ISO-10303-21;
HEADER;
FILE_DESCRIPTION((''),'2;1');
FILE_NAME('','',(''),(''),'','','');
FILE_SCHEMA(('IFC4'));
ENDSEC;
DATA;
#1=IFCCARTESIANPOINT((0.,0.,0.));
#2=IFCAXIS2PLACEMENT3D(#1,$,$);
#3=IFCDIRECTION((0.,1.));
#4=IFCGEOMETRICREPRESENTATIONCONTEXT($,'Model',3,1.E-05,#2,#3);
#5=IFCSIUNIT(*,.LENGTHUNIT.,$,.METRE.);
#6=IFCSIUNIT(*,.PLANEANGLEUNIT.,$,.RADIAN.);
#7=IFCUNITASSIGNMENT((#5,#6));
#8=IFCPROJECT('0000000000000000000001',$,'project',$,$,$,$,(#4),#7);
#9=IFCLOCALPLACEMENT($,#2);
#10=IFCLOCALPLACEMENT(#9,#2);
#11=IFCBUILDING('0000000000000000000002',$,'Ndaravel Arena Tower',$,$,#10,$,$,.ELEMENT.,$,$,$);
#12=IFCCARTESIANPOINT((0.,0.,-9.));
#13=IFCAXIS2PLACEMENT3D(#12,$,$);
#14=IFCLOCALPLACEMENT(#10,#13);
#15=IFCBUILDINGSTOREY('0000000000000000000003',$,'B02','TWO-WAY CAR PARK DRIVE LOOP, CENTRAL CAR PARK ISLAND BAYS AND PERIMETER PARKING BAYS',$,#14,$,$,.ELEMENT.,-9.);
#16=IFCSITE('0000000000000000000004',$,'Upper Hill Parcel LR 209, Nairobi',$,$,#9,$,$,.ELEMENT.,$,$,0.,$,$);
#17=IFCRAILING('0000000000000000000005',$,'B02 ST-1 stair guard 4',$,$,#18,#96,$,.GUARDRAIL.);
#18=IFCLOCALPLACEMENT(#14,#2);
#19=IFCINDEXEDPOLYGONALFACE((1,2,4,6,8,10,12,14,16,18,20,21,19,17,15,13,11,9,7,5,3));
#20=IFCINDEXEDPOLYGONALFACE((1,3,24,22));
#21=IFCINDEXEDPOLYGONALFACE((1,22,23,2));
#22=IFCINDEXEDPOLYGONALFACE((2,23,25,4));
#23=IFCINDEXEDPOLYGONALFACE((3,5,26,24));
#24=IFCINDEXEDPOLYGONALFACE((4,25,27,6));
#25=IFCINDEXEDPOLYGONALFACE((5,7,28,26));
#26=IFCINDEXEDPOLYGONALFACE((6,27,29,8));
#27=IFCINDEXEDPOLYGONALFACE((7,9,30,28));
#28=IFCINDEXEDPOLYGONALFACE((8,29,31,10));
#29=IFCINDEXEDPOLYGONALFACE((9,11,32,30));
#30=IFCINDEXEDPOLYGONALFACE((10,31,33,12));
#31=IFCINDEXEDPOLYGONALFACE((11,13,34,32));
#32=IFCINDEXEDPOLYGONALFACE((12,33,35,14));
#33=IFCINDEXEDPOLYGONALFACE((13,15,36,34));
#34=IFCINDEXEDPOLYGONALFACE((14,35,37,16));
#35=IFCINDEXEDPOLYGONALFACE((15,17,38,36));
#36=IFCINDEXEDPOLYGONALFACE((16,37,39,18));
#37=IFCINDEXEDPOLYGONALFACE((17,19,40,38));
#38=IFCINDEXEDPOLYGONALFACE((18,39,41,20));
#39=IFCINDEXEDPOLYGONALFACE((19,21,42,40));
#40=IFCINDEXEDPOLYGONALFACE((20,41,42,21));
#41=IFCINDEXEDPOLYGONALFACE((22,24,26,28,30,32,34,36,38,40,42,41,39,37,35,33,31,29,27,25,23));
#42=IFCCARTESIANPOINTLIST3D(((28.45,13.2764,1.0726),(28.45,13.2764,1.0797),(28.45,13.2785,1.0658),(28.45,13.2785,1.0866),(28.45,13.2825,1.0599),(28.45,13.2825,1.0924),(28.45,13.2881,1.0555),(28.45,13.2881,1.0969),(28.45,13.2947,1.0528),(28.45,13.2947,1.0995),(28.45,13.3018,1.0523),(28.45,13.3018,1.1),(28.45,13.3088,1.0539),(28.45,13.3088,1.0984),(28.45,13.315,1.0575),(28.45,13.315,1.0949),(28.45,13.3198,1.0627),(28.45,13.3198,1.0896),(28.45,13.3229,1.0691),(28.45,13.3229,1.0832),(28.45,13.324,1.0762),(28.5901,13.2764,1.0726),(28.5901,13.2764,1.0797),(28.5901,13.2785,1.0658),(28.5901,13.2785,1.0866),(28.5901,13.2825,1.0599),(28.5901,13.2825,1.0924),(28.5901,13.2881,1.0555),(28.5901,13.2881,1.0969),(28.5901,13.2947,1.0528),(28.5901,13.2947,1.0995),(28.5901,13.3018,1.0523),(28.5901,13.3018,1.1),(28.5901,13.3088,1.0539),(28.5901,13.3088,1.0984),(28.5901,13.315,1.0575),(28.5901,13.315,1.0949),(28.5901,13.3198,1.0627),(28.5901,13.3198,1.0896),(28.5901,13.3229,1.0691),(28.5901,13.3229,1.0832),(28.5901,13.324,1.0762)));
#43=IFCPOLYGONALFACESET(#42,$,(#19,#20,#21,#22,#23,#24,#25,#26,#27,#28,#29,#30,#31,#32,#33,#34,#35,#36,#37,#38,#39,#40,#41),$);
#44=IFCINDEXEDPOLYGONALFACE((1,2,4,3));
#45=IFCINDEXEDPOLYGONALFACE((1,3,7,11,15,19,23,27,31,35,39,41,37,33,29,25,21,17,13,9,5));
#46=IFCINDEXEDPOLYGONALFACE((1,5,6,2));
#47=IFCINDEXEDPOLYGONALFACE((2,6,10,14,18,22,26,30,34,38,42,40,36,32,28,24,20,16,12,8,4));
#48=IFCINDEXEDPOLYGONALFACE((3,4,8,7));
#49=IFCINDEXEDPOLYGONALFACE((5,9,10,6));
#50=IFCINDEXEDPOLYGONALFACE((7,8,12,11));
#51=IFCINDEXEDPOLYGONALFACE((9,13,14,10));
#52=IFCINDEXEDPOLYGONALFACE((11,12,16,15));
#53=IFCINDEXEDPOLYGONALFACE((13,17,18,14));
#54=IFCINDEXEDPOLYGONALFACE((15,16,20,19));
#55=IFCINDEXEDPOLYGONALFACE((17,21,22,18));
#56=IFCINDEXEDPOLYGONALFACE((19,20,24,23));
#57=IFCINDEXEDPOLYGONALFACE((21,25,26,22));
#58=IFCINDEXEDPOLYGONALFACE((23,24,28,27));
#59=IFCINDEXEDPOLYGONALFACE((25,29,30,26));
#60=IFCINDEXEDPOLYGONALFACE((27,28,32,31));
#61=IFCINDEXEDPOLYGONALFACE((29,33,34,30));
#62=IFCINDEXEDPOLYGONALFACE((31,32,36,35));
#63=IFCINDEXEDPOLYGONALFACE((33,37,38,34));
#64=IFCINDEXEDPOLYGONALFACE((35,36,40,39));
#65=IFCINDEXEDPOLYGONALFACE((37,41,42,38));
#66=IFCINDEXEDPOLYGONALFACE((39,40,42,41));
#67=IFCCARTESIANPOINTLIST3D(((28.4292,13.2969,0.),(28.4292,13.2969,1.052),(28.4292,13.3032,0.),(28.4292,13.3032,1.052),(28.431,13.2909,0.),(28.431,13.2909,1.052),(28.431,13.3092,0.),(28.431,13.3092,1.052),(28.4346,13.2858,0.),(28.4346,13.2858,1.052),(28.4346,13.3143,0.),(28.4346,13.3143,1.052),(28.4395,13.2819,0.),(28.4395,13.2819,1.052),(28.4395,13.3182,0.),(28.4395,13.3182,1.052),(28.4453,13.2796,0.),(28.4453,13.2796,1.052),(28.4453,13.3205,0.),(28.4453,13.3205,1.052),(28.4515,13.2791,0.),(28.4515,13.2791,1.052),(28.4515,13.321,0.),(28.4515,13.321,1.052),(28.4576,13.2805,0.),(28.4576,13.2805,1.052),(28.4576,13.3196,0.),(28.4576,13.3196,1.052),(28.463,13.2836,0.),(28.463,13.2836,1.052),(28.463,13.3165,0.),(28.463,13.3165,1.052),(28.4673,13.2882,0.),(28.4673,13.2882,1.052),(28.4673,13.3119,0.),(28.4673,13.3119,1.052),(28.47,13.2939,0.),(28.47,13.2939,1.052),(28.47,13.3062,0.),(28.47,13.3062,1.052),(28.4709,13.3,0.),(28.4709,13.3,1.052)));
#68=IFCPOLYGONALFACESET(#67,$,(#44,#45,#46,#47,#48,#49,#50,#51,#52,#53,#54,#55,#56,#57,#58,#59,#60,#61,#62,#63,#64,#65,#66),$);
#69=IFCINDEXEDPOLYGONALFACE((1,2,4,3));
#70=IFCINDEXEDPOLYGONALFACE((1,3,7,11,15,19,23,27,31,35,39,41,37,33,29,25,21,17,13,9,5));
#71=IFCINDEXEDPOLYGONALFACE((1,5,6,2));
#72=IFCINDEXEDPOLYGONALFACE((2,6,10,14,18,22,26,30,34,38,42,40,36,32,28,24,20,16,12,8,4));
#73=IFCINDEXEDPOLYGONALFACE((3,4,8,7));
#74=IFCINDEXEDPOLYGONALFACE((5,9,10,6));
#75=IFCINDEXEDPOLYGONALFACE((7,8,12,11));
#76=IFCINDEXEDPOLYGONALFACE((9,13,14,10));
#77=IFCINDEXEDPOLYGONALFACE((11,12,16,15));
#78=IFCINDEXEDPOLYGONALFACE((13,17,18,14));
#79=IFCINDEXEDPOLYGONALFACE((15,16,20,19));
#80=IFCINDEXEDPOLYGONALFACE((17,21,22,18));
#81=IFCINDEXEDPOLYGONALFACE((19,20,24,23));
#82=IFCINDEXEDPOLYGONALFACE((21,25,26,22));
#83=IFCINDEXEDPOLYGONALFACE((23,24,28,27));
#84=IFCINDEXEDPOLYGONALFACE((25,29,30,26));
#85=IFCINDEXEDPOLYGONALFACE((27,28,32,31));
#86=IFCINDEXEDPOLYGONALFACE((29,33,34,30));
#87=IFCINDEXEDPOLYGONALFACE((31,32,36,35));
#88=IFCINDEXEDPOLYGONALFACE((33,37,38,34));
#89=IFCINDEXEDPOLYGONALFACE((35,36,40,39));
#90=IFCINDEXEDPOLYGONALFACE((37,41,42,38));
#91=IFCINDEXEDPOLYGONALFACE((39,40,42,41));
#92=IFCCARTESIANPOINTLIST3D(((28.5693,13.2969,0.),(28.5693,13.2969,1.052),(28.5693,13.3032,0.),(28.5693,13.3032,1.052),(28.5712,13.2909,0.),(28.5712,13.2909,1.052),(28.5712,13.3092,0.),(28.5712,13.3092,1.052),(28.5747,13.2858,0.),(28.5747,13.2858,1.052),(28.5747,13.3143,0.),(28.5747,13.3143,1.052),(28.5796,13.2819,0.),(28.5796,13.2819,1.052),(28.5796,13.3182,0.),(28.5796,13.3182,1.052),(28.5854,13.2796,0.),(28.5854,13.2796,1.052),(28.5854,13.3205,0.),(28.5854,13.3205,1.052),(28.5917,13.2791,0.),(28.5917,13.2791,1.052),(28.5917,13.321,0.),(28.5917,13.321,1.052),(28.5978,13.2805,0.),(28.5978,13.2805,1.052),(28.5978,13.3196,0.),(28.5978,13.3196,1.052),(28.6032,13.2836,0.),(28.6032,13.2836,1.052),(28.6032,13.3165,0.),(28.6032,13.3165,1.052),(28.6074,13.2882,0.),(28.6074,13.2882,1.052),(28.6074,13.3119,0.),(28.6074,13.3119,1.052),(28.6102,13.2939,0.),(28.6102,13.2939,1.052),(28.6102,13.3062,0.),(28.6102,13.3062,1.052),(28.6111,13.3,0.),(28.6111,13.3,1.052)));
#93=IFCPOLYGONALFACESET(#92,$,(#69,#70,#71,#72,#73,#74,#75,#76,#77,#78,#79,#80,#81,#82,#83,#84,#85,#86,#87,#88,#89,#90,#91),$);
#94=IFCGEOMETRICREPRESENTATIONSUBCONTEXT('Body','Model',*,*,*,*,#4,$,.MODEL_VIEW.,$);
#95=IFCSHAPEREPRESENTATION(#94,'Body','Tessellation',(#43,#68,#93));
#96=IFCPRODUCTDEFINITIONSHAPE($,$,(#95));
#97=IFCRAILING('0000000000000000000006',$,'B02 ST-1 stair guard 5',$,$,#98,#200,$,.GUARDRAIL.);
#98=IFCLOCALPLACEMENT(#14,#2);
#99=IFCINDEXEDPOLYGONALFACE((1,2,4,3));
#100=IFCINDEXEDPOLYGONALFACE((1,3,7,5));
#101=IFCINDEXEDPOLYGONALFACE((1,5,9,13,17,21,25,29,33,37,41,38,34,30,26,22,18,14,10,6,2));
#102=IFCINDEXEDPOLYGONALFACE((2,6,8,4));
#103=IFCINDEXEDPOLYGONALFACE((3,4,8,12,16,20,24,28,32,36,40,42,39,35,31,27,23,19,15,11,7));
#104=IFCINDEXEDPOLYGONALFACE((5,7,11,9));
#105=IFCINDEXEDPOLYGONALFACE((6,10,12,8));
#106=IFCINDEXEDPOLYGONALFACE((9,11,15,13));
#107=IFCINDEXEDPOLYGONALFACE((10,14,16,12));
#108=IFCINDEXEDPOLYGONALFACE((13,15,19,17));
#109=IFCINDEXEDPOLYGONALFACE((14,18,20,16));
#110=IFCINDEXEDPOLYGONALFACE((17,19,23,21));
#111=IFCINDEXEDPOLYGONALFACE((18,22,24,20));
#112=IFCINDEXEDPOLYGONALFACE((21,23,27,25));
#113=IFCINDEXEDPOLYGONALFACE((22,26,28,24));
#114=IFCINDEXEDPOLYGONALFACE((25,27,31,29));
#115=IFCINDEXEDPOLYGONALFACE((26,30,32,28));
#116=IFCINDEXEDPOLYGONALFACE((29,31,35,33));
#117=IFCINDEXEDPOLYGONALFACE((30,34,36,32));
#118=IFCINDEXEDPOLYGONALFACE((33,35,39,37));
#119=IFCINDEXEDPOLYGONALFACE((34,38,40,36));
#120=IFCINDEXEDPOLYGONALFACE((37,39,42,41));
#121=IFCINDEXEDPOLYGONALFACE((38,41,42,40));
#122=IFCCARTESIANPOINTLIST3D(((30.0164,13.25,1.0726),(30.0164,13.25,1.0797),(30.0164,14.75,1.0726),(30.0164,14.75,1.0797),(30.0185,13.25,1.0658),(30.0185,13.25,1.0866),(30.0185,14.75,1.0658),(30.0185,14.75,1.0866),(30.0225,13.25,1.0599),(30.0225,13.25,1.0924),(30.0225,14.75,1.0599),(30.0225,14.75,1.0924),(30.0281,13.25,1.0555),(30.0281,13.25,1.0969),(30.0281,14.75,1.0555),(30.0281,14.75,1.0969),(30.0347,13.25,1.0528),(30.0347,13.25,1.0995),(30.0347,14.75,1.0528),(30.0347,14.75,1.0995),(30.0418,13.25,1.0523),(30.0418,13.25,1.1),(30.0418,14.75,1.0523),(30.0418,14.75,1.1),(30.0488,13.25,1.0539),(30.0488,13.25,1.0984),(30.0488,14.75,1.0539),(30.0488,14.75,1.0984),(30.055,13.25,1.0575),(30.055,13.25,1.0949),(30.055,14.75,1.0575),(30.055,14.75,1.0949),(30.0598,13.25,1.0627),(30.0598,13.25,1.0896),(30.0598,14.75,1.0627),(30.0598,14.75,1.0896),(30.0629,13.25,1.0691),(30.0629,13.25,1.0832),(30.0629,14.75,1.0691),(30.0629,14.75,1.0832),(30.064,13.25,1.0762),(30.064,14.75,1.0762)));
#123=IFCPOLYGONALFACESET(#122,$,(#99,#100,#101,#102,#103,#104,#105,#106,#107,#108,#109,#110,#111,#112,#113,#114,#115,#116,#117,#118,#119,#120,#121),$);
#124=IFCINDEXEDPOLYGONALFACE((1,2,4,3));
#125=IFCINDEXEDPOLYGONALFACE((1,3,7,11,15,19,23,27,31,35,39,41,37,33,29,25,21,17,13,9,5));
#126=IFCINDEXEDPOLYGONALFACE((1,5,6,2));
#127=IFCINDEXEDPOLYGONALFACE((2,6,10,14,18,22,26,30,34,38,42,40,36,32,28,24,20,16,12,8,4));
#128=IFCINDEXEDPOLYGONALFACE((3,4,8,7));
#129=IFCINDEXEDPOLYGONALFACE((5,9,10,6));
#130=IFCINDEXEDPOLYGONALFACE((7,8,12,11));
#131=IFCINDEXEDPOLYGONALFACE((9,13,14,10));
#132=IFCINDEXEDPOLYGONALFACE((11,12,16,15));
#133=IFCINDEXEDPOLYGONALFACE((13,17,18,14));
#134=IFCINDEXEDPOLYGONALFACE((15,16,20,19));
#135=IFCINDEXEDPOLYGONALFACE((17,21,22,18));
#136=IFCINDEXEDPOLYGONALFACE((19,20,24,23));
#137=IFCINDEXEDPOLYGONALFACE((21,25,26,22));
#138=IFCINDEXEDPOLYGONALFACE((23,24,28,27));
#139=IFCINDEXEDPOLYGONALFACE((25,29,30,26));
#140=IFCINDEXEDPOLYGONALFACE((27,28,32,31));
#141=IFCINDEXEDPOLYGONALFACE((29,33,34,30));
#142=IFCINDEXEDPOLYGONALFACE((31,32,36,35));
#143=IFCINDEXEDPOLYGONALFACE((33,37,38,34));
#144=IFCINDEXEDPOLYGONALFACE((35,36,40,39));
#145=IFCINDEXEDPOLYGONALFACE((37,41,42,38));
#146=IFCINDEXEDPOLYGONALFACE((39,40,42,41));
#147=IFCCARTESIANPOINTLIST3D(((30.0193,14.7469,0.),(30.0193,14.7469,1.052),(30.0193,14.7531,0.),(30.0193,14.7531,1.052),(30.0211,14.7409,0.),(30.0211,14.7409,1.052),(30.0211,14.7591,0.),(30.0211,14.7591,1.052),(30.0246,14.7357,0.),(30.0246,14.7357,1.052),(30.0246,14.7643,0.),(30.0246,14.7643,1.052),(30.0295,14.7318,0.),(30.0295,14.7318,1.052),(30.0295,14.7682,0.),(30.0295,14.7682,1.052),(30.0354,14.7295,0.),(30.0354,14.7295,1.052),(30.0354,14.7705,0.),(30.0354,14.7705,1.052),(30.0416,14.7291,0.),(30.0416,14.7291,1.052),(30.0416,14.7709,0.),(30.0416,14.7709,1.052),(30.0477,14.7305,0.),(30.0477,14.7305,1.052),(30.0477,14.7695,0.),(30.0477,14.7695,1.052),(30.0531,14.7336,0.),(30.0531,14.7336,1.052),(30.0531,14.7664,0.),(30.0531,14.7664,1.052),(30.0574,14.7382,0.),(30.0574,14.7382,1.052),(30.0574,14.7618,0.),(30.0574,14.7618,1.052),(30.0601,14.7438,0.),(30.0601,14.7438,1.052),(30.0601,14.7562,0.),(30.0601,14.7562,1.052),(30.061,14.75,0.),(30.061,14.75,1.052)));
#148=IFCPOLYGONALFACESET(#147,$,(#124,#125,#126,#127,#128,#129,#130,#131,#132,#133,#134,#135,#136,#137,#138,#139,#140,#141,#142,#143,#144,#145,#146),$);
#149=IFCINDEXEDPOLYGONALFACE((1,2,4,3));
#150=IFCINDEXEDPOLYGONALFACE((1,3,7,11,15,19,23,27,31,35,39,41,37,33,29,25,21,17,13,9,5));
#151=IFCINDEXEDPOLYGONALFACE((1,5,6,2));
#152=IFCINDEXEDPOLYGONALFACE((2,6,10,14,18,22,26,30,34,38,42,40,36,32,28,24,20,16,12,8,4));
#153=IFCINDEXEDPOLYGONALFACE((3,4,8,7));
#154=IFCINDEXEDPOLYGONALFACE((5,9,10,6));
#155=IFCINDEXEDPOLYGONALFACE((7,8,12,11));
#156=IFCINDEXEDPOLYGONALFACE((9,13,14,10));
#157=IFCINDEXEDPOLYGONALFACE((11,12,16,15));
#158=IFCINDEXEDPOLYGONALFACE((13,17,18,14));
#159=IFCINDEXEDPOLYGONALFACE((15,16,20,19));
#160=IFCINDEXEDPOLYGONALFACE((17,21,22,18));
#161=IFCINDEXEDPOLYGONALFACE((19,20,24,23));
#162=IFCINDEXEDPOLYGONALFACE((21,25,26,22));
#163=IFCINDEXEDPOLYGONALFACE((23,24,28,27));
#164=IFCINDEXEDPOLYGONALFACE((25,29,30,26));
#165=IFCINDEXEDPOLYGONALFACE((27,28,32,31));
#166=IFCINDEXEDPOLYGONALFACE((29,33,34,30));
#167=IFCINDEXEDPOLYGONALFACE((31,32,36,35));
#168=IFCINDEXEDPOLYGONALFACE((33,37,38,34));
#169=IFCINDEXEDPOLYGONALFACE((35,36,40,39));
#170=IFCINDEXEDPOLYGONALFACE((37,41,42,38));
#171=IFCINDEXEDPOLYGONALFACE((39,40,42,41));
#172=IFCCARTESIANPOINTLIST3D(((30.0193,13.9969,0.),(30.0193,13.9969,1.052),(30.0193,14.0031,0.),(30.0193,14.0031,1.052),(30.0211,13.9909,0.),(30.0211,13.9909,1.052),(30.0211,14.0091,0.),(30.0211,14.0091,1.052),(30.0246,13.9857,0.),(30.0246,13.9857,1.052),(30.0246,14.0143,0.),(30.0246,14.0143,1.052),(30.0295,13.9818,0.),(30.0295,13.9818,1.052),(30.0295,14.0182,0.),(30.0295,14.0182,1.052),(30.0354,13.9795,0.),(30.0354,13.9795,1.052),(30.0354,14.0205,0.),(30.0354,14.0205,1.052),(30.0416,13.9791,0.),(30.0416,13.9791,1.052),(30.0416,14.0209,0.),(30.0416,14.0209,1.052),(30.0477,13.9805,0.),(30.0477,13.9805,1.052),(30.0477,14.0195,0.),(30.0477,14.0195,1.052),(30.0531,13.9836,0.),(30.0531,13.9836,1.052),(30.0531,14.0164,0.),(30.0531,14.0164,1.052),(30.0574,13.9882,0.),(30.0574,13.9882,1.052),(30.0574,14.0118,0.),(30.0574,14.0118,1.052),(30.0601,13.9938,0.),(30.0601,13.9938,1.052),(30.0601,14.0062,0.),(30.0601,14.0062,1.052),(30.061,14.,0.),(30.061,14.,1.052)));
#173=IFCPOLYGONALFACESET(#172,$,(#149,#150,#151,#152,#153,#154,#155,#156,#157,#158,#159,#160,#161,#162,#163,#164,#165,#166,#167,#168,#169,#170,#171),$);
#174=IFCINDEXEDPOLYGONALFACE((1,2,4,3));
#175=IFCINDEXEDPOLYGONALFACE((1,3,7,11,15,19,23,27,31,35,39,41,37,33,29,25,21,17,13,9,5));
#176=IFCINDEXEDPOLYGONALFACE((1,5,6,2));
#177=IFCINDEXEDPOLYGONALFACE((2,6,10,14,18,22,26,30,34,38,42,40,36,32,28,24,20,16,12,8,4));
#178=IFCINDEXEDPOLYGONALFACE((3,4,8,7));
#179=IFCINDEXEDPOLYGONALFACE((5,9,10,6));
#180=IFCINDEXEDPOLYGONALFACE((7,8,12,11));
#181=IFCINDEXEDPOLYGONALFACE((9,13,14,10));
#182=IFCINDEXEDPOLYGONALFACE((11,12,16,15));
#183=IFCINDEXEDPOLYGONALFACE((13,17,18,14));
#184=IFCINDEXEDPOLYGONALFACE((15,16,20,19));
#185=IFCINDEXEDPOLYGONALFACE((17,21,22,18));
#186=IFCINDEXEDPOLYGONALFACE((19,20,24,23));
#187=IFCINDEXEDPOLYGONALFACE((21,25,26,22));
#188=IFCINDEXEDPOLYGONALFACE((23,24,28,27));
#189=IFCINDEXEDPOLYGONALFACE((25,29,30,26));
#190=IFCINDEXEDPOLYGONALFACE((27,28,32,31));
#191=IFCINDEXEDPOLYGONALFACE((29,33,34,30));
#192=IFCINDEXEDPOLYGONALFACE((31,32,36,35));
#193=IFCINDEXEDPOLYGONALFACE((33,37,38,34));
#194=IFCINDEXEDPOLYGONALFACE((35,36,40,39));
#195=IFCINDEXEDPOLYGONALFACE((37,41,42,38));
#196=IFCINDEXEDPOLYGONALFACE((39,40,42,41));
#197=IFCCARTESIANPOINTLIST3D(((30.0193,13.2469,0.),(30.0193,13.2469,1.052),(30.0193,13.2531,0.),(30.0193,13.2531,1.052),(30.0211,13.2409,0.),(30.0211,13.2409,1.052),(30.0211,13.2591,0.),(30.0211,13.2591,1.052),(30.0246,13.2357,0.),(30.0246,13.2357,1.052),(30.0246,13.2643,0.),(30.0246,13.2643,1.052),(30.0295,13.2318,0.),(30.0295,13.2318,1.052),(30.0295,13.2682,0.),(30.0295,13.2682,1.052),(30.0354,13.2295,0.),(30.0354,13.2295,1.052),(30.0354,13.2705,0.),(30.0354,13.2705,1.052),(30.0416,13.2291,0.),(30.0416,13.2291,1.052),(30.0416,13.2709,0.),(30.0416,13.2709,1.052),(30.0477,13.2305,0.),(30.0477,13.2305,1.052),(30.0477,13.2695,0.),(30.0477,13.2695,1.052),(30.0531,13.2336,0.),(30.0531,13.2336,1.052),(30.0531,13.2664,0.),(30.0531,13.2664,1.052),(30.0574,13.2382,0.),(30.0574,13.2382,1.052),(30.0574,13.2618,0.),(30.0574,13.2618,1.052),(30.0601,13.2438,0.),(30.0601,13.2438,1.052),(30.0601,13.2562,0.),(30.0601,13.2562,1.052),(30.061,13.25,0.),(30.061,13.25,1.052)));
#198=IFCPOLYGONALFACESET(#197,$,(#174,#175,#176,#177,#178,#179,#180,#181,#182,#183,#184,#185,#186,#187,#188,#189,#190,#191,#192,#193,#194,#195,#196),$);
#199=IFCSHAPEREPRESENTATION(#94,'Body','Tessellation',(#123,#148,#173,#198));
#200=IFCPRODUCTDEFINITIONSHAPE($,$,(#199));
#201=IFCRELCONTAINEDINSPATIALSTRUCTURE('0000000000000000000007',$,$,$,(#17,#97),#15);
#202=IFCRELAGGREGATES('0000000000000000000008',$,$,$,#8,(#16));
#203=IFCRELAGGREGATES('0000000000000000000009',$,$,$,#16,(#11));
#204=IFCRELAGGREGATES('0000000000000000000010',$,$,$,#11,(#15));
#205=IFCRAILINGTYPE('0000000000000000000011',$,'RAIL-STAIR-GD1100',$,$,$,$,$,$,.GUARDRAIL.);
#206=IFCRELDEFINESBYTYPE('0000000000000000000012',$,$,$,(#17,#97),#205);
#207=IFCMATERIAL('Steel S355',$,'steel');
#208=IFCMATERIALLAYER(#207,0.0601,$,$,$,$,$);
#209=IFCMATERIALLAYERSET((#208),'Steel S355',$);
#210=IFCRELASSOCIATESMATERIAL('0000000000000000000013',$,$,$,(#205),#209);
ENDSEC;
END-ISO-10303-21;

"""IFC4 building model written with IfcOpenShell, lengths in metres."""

from ifc_helpers import new_model, si_unit, direction, frame, origin, origin_2d, place, context, subcontext, project, spatial, circle, extrude, material, layer, layer_set, type_object, element, save


model = new_model("IFC4")

# Units and contexts
model_context = context("Model", 3, precision=1e-05, world=origin(), true_north=direction((0.0, 1.0)))
body_context = subcontext(model_context, "Body", "Model", "MODEL_VIEW")
ifc_project = project(units=[si_unit("LENGTHUNIT", "METRE"), si_unit("PLANEANGLEUNIT", "RADIAN")], contexts=[model_context])

# Site, building, storey
site_placement = place(None, origin())
site = spatial("IfcSite", under=ifc_project, at=site_placement, Name="Upper Hill Parcel LR 209, Nairobi", CompositionType="ELEMENT", RefElevation=0.0)
building_placement = place(site_placement, origin())
building = spatial("IfcBuilding", under=site, at=building_placement, Name="Ndaravel Arena Tower", CompositionType="ELEMENT")
storey_placement = place(building_placement, frame((0.0, 0.0, -9.0)))
storey = spatial("IfcBuildingStorey", under=building, at=storey_placement, Name="B02", Description="TWO-WAY CAR PARK DRIVE LOOP, CENTRAL CAR PARK ISLAND BAYS AND PERIMETER PARKING BAYS", CompositionType="ELEMENT", Elevation=-9.0)

# Railings
ifc_material_1 = material(Name="Steel S355", Category="steel")
ifc_layer_1 = layer(ifc_material_1, 0.0601)
ifc_layer_set_1 = layer_set([ifc_layer_1], Name="Steel S355")
railing_type_1 = type_object("IfcRailingType", Name="RAIL-STAIR-GD1100", PredefinedType="GUARDRAIL", material=ifc_layer_set_1)
railing_1_placement = place(storey_placement, frame((28.45, 13.3, 0.0)))
element("IfcRailing", 1, at=railing_1_placement, inside=storey, type_object=railing_type_1, Name="B02 ST-1 stair guard 4", PredefinedType="GUARDRAIL", context=body_context, shape_type="SweptSolid", body=[
    extrude(circle(Radius=0.0239, at=origin_2d()), frame((0.0, 0.0, 1.0762), z_axis=(1.0, 0.0, 0.0), x_axis=(0.0, 1.0, 0.0)), (0.0, 0.0, 1.0), 0.1401),
    extrude(circle(Radius=0.021, at=origin_2d()), origin(), (0.0, 0.0, 1.0), 1.052),
    extrude(circle(Radius=0.021, at=origin_2d()), frame((0.1401, 0.0, 0.0)), (0.0, 0.0, 1.0), 1.052),
])
railing_2_placement = place(storey_placement, frame((30.04, 14.75, 0.0)))
element("IfcRailing", 2, at=railing_2_placement, inside=storey, type_object=railing_type_1, Name="B02 ST-1 stair guard 5", PredefinedType="GUARDRAIL", context=body_context, shape_type="SweptSolid", body=[
    extrude(circle(Radius=0.0239, at=origin_2d()), frame((0.0, 0.0, 1.0762), z_axis=(0.0, -1.0, 0.0), x_axis=(1.0, 0.0, 0.0)), (0.0, 0.0, 1.0), 1.5),
    extrude(circle(Radius=0.021, at=origin_2d()), origin(), (0.0, 0.0, 1.0), 1.052),
    extrude(circle(Radius=0.021, at=origin_2d()), frame((0.0, -0.75, 0.0)), (0.0, 0.0, 1.0), 1.052),
    extrude(circle(Radius=0.021, at=origin_2d()), frame((0.0, -1.5, 0.0)), (0.0, 0.0, 1.0), 1.052),
])

save(model, "model.ifc")
